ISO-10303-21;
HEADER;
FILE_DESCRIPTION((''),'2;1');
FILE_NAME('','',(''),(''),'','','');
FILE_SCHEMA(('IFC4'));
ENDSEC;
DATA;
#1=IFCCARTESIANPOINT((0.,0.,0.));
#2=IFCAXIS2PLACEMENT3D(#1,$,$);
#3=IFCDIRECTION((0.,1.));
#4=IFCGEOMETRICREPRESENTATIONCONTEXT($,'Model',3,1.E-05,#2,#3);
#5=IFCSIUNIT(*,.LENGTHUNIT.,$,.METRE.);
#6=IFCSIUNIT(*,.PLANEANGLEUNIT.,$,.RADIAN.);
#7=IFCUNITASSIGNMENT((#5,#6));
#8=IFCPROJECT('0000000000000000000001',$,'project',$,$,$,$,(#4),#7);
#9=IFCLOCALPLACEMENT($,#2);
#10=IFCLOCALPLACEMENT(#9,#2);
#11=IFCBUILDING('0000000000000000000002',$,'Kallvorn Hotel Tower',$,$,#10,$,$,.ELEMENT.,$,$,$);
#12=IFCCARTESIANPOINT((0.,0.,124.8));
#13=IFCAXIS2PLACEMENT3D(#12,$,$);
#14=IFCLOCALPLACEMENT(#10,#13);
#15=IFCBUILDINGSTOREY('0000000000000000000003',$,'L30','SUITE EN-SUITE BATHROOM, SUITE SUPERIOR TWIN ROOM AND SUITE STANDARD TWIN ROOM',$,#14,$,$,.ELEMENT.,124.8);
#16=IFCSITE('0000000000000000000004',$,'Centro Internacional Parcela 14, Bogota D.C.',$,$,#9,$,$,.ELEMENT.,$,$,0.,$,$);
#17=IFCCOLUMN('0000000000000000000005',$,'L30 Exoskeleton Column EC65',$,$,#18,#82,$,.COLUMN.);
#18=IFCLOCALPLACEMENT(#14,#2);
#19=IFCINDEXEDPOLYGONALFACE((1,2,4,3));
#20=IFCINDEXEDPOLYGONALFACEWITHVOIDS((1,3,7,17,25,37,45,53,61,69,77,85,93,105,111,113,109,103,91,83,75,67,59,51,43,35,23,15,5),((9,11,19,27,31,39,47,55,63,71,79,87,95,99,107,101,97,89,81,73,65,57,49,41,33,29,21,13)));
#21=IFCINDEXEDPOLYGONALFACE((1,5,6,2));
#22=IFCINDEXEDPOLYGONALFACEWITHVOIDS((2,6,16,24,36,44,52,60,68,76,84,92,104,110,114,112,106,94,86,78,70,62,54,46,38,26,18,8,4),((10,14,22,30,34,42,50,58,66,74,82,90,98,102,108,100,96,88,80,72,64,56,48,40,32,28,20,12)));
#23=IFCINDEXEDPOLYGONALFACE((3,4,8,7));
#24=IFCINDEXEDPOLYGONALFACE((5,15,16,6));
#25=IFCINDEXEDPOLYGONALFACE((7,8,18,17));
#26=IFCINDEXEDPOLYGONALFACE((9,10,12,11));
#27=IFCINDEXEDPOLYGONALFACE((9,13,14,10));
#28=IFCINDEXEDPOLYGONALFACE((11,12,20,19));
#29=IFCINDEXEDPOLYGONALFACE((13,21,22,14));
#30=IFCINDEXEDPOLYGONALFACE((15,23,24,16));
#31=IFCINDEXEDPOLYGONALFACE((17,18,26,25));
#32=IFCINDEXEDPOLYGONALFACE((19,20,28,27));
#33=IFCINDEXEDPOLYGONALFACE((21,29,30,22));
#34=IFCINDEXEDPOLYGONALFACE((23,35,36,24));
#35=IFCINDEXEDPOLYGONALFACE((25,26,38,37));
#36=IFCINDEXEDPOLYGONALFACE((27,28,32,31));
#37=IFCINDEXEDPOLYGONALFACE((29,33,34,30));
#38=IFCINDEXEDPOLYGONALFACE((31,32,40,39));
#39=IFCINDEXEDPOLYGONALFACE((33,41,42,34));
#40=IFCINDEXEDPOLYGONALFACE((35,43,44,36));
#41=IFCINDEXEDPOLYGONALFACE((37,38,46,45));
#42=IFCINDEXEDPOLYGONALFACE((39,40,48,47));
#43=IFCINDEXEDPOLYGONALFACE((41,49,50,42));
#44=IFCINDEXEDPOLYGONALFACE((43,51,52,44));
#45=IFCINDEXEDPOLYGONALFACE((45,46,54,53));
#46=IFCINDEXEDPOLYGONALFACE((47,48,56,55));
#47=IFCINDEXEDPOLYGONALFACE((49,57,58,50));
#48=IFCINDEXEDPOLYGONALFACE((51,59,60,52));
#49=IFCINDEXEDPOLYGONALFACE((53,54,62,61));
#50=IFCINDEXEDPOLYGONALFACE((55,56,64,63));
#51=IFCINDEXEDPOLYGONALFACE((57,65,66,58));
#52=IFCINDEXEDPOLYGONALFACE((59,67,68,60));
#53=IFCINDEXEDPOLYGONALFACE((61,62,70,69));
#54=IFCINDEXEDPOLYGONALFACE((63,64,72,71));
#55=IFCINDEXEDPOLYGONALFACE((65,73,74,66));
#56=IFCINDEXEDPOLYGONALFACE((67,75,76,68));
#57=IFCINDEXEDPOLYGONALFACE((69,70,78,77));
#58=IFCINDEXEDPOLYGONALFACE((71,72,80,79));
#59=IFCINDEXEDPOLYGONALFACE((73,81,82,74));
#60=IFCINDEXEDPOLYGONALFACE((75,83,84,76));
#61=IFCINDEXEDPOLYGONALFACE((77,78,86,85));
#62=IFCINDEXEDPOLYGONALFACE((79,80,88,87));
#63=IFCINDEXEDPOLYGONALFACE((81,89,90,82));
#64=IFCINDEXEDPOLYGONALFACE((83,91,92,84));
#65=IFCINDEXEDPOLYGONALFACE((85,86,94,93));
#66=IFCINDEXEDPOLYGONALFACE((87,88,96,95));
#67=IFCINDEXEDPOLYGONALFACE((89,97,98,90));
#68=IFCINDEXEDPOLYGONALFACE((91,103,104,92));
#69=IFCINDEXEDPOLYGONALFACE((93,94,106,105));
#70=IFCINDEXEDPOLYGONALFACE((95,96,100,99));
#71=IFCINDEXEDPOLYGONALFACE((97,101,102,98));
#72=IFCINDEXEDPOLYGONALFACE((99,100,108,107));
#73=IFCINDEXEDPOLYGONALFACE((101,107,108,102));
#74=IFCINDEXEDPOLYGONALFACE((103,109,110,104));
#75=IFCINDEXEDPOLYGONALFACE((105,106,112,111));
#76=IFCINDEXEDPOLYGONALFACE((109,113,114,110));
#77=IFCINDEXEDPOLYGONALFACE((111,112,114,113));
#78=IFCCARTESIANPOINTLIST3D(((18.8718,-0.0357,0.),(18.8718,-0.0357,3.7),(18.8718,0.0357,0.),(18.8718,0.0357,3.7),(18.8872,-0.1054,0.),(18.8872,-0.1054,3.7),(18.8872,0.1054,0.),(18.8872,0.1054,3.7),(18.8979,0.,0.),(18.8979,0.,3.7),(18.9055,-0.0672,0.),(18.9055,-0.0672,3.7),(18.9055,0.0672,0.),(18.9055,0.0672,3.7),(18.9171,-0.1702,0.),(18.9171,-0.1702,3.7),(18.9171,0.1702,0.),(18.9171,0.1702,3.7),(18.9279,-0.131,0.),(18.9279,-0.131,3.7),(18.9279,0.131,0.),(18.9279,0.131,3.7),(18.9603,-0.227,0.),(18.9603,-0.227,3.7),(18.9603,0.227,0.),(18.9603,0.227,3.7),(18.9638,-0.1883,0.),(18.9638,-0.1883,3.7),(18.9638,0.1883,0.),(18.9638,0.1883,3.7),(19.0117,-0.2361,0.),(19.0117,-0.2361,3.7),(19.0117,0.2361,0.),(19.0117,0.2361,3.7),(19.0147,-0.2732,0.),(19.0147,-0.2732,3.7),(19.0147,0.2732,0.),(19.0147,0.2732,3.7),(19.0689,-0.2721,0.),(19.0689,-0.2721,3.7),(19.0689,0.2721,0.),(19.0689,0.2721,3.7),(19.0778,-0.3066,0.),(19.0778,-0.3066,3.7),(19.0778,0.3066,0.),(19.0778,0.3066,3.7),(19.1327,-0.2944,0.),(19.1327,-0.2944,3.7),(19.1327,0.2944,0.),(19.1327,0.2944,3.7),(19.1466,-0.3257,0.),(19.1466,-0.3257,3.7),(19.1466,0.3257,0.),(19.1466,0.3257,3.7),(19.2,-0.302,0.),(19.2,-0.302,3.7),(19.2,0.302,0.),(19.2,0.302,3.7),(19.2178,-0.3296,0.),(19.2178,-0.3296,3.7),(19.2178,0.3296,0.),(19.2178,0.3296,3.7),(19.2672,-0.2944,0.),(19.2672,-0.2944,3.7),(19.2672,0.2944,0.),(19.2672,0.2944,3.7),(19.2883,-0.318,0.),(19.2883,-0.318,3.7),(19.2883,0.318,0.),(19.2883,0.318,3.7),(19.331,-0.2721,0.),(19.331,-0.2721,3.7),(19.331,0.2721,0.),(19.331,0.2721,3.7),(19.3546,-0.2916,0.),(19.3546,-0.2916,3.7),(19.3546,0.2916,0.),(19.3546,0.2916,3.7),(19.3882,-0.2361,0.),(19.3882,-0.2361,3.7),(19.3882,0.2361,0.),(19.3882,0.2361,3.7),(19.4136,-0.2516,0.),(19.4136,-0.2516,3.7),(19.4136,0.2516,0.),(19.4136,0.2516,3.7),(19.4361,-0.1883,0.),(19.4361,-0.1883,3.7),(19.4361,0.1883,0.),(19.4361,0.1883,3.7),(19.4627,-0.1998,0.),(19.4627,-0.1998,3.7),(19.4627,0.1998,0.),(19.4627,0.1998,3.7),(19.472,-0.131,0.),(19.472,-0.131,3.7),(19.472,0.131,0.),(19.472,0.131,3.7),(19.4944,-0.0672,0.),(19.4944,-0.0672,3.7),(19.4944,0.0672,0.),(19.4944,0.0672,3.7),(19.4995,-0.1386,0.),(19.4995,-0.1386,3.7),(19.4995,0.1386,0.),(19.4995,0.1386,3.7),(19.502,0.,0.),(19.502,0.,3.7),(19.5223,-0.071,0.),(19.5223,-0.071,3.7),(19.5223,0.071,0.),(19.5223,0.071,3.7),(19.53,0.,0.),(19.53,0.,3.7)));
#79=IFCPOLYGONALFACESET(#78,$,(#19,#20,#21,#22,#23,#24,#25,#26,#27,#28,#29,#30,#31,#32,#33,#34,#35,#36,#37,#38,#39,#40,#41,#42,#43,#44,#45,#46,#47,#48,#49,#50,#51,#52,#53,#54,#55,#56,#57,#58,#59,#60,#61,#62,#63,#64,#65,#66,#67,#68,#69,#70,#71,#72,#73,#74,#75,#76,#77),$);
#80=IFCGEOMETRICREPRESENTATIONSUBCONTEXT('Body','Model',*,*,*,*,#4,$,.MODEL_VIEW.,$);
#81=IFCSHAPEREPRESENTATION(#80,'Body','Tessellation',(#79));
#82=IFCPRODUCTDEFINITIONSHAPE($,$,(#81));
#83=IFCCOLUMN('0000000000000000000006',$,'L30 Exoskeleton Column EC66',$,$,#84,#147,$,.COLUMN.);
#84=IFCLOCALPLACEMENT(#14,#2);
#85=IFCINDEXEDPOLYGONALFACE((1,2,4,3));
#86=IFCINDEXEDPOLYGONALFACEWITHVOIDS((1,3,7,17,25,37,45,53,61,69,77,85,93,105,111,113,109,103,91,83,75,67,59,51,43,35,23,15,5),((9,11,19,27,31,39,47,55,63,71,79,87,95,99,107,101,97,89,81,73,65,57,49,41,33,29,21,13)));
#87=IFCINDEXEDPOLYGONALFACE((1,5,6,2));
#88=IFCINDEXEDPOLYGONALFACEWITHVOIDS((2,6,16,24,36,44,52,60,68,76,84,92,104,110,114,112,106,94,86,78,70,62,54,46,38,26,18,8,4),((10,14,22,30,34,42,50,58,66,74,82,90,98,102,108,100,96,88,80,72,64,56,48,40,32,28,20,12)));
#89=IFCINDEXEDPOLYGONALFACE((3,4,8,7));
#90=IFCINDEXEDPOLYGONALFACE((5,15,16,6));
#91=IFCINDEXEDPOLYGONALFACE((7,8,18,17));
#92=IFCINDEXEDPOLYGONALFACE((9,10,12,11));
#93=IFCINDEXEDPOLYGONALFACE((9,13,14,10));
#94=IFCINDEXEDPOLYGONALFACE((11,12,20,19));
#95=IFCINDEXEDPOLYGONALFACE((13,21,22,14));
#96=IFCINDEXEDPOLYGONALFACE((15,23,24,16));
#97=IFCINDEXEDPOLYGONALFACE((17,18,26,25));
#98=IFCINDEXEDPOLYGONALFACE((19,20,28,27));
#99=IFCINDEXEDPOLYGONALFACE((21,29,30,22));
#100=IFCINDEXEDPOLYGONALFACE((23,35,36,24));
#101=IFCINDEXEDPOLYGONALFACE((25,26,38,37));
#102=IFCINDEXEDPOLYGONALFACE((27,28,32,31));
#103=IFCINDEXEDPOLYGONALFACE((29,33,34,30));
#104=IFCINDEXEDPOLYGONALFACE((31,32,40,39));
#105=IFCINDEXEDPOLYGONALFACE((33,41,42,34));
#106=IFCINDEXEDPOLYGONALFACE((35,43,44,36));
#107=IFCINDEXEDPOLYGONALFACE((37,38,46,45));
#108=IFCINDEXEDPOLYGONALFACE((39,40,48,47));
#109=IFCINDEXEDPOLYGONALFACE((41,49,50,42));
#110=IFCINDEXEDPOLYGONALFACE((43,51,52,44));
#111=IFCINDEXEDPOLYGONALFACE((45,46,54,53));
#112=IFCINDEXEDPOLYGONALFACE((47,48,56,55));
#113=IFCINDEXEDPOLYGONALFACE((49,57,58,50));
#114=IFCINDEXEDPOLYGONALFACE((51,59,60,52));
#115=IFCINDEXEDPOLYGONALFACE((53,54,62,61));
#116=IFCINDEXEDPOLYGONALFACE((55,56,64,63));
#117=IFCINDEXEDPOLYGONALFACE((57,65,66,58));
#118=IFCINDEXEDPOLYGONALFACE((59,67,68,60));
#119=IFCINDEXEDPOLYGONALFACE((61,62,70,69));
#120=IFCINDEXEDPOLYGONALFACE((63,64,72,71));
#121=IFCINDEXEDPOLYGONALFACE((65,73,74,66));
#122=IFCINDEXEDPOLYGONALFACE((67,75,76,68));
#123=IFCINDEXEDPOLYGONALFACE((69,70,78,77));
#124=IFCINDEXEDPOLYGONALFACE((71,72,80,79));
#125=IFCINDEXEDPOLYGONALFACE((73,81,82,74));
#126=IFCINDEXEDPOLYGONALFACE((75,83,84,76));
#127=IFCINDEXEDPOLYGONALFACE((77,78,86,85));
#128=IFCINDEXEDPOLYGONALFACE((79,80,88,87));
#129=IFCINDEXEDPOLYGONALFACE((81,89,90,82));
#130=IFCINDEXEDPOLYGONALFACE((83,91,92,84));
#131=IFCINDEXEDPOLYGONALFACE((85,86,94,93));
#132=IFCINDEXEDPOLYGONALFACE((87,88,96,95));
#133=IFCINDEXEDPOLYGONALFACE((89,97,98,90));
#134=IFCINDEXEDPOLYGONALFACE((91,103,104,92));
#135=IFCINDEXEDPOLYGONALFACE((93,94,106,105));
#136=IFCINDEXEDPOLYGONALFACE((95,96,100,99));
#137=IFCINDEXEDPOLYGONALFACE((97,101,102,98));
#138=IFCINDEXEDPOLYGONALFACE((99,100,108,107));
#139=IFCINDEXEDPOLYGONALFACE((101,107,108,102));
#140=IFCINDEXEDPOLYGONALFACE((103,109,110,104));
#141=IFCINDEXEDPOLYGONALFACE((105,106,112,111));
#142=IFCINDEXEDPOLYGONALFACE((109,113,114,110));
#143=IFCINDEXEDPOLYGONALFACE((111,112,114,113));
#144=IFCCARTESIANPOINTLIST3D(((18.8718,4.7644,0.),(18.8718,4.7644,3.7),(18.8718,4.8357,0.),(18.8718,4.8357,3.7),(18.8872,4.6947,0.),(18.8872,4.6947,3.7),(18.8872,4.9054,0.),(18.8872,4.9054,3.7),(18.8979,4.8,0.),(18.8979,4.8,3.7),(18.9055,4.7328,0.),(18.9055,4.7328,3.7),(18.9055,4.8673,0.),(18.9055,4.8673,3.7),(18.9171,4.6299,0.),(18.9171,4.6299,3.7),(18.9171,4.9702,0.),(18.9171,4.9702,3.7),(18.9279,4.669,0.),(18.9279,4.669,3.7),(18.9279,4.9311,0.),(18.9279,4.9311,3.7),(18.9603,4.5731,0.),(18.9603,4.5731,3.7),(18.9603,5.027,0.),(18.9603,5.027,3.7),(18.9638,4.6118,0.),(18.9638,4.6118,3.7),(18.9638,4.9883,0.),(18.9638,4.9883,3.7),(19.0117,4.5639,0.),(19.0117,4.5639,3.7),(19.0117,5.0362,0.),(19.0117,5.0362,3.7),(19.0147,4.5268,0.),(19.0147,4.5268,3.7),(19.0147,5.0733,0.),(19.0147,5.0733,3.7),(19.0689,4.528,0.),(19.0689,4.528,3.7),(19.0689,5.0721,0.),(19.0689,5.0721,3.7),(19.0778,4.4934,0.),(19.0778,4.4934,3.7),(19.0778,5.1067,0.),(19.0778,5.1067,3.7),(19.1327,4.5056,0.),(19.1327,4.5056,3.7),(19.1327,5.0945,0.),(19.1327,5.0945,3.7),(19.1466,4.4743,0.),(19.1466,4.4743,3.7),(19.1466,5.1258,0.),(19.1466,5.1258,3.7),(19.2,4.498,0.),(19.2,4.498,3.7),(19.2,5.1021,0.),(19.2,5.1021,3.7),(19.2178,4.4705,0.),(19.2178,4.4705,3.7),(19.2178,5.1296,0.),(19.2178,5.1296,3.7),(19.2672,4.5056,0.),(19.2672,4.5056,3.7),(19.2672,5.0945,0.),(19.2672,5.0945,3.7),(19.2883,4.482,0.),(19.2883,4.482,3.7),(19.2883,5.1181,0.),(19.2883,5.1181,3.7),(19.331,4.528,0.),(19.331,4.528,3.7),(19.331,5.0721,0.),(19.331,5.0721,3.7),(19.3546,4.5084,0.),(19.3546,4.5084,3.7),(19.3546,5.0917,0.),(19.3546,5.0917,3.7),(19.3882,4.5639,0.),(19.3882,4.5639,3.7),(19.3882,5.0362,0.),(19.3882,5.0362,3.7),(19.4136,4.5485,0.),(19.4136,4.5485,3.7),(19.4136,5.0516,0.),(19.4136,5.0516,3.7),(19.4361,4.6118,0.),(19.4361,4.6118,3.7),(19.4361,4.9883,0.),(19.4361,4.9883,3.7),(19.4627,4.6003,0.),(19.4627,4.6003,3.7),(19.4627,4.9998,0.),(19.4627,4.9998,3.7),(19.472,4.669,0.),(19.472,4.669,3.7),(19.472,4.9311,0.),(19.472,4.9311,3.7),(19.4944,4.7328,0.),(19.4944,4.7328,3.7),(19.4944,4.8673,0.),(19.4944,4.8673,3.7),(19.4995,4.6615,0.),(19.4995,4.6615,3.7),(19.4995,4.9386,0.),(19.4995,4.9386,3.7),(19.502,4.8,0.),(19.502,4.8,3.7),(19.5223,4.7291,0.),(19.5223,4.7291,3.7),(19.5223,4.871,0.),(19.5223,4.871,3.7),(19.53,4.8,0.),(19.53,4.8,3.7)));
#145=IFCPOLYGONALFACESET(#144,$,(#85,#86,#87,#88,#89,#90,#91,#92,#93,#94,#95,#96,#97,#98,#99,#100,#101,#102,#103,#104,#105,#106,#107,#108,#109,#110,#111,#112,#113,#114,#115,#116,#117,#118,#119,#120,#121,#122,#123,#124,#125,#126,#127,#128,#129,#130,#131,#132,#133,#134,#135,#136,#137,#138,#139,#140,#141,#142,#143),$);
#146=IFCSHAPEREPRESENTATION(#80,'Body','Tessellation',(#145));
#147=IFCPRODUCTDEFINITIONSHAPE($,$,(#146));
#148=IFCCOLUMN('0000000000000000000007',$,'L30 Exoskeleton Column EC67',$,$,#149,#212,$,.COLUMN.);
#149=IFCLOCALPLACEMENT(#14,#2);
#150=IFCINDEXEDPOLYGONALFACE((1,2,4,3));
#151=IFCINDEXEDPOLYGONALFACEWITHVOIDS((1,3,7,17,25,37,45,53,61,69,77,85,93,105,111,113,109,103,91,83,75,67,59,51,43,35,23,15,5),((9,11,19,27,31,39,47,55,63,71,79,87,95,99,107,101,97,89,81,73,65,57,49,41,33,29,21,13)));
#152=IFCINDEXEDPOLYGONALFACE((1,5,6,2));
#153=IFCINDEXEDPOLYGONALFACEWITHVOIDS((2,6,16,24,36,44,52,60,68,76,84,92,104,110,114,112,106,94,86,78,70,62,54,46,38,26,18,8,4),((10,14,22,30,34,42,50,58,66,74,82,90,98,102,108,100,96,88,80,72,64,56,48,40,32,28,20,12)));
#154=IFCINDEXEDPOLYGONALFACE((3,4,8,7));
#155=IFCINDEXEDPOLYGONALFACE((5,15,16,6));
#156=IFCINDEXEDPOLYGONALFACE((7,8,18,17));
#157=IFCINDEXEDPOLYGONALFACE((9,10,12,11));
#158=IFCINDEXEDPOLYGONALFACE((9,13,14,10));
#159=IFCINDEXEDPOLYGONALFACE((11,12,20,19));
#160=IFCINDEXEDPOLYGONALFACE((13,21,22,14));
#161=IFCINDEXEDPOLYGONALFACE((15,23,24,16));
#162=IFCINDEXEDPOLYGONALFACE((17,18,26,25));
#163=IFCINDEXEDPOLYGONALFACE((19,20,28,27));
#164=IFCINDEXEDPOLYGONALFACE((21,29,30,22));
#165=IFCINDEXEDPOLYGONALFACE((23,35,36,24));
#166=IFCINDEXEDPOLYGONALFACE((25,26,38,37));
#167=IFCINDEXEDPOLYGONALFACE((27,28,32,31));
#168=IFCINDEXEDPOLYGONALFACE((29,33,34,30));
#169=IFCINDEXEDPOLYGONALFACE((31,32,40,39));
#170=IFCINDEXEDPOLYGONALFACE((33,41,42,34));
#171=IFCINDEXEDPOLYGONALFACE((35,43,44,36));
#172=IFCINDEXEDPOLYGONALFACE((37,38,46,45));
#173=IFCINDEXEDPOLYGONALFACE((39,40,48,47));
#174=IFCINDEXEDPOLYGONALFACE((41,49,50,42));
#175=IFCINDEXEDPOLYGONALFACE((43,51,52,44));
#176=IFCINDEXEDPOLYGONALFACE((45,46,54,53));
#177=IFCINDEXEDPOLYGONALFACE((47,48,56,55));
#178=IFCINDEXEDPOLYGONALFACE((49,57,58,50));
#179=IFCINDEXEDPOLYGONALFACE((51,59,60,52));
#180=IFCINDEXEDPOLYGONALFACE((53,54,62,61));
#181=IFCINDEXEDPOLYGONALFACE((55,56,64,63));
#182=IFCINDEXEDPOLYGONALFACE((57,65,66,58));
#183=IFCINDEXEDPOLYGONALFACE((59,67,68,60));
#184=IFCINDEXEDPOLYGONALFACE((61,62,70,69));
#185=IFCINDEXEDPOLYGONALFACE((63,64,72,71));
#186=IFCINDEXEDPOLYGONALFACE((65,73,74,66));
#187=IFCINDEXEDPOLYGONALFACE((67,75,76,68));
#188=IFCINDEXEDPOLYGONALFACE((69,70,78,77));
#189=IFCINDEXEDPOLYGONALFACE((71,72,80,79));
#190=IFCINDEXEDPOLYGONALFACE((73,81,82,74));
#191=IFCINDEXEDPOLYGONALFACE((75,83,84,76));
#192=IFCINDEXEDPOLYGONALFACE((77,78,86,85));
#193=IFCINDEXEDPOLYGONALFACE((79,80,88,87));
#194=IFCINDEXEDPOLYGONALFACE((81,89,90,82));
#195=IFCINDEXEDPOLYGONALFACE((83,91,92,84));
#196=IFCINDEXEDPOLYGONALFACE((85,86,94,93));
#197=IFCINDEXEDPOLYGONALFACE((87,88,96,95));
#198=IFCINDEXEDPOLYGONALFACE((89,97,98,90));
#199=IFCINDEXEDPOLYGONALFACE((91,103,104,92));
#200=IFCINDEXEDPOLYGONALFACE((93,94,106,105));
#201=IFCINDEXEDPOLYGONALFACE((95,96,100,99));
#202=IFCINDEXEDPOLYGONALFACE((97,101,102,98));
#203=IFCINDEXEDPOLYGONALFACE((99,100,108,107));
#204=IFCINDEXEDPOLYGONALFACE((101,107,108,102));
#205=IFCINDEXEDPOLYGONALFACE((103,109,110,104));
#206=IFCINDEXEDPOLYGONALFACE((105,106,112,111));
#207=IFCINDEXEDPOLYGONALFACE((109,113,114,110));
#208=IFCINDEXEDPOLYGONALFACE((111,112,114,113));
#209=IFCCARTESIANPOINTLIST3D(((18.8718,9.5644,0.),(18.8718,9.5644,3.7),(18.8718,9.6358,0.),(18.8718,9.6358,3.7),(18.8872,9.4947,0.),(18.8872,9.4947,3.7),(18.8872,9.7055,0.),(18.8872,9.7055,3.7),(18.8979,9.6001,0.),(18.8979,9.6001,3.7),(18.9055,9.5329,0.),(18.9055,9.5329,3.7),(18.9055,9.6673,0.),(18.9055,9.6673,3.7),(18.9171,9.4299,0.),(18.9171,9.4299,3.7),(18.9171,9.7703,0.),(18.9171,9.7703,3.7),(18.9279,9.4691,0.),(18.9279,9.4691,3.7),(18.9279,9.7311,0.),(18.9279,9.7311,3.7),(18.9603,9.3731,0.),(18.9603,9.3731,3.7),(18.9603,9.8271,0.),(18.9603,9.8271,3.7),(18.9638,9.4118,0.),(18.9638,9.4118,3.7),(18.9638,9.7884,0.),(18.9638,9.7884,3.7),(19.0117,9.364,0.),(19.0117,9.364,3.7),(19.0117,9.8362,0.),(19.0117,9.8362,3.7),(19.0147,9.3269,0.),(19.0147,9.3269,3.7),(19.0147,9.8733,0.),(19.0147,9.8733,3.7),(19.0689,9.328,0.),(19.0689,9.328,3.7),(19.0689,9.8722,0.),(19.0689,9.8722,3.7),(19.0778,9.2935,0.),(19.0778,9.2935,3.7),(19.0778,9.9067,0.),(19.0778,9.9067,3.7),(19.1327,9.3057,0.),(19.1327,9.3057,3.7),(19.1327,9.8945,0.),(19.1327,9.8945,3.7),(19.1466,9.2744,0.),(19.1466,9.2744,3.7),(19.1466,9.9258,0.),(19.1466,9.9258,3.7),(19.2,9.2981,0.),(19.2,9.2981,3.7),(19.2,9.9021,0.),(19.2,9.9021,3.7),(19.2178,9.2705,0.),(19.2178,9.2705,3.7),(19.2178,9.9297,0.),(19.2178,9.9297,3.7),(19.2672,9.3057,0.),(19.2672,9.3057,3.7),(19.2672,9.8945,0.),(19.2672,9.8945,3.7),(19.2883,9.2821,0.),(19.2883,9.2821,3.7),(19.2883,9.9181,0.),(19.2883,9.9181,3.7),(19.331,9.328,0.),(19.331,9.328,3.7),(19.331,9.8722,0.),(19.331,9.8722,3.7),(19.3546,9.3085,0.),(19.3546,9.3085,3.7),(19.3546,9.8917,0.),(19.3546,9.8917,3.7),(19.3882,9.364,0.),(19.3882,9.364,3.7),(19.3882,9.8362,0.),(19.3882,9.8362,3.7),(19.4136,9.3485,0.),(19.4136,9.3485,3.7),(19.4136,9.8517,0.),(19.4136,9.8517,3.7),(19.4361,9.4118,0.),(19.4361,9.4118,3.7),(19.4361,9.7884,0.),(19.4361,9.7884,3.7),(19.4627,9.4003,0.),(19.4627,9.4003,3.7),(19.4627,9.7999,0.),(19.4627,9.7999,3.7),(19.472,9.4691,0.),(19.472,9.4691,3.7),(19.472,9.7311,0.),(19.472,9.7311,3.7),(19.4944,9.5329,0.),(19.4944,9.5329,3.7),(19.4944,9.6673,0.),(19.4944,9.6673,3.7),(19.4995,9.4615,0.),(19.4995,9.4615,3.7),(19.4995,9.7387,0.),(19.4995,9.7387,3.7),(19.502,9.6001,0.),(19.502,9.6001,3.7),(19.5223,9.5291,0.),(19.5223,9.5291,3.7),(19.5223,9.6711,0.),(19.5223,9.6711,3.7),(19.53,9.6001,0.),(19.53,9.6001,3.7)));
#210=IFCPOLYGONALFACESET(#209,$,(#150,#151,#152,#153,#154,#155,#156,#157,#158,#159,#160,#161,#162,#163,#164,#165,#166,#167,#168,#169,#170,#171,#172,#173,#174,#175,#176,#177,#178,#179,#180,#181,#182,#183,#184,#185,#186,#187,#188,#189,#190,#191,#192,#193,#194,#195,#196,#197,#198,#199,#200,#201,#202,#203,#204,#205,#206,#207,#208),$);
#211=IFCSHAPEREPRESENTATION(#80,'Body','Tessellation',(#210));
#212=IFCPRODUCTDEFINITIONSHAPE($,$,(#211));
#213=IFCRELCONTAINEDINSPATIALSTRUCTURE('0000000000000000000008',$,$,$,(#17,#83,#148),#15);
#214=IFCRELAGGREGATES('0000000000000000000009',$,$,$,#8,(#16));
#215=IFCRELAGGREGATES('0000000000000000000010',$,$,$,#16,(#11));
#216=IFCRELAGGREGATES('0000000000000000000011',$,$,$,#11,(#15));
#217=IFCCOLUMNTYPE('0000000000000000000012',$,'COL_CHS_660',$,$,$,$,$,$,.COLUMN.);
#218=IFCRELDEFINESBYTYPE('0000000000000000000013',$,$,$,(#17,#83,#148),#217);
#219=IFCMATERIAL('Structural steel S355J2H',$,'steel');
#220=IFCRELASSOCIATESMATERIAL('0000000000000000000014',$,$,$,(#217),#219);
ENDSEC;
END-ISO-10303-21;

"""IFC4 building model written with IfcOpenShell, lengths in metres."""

from ifc_helpers import new_model, si_unit, direction, frame, origin, origin_2d, place, context, subcontext, project, spatial, hollow_circle, extrude, material, material_profile, profile_set, type_object, element, save


model = new_model("IFC4")

# Units and contexts
model_context = context("Model", 3, precision=1e-05, world=origin(), true_north=direction((0.0, 1.0)))
body_context = subcontext(model_context, "Body", "Model", "MODEL_VIEW")
ifc_project = project(units=[si_unit("LENGTHUNIT", "METRE"), si_unit("PLANEANGLEUNIT", "RADIAN")], contexts=[model_context])

# Site, building, storey
site_placement = place(None, origin())
site = spatial("IfcSite", under=ifc_project, at=site_placement, Name="Centro Internacional Parcela 14, Bogota D.C.", CompositionType="ELEMENT", RefElevation=0.0)
building_placement = place(site_placement, origin())
building = spatial("IfcBuilding", under=site, at=building_placement, Name="Kallvorn Hotel Tower", CompositionType="ELEMENT")
storey_placement = place(building_placement, frame((0.0, 0.0, 124.8)))
storey = spatial("IfcBuildingStorey", under=building, at=storey_placement, Name="L30", Description="SUITE EN-SUITE BATHROOM, SUITE SUPERIOR TWIN ROOM AND SUITE STANDARD TWIN ROOM", CompositionType="ELEMENT", Elevation=124.8)

# Columns
ifc_material_1 = material(Name="Structural steel S355J2H", Category="steel")
ifc_material_profile_1 = material_profile(ifc_material_1, hollow_circle(Radius=0.3301, WallThickness=0.0281, at=origin_2d()), Name="CHS 660x28")
ifc_profile_set_1 = profile_set([ifc_material_profile_1], Name="Structural steel S355J2H")
column_type_1 = type_object("IfcColumnType", Name="COL_CHS_660", PredefinedType="COLUMN", material=ifc_profile_set_1)
for number, where, z_axis, x_axis, name in (
    (1, (19.2, 0.0, 0.0), (0.0, 0.0, 1.0), (1.0, 0.0, 0.0), "L30 Exoskeleton Column EC65"),
    (2, (19.2, 4.8, 0.0), (0.0, 0.0, 1.0), (1.0, 0.0, 0.0), "L30 Exoskeleton Column EC66"),
    (3, (19.2, 9.6001, 0.0), (0.0, 0.0, 1.0), (1.0, 0.0, 0.0), "L30 Exoskeleton Column EC67"),
):
    element("IfcColumn", number, at=place(storey_placement, frame(where, z_axis=z_axis, x_axis=x_axis)), inside=storey, type_object=column_type_1, Name=name, PredefinedType="COLUMN", context=body_context, shape_type="SweptSolid", body=[
        extrude(hollow_circle(Radius=0.3301, WallThickness=0.0281, at=origin_2d()), origin(), (0.0, 0.0, 1.0), 3.7),
    ])

save(model, "model.ifc")
